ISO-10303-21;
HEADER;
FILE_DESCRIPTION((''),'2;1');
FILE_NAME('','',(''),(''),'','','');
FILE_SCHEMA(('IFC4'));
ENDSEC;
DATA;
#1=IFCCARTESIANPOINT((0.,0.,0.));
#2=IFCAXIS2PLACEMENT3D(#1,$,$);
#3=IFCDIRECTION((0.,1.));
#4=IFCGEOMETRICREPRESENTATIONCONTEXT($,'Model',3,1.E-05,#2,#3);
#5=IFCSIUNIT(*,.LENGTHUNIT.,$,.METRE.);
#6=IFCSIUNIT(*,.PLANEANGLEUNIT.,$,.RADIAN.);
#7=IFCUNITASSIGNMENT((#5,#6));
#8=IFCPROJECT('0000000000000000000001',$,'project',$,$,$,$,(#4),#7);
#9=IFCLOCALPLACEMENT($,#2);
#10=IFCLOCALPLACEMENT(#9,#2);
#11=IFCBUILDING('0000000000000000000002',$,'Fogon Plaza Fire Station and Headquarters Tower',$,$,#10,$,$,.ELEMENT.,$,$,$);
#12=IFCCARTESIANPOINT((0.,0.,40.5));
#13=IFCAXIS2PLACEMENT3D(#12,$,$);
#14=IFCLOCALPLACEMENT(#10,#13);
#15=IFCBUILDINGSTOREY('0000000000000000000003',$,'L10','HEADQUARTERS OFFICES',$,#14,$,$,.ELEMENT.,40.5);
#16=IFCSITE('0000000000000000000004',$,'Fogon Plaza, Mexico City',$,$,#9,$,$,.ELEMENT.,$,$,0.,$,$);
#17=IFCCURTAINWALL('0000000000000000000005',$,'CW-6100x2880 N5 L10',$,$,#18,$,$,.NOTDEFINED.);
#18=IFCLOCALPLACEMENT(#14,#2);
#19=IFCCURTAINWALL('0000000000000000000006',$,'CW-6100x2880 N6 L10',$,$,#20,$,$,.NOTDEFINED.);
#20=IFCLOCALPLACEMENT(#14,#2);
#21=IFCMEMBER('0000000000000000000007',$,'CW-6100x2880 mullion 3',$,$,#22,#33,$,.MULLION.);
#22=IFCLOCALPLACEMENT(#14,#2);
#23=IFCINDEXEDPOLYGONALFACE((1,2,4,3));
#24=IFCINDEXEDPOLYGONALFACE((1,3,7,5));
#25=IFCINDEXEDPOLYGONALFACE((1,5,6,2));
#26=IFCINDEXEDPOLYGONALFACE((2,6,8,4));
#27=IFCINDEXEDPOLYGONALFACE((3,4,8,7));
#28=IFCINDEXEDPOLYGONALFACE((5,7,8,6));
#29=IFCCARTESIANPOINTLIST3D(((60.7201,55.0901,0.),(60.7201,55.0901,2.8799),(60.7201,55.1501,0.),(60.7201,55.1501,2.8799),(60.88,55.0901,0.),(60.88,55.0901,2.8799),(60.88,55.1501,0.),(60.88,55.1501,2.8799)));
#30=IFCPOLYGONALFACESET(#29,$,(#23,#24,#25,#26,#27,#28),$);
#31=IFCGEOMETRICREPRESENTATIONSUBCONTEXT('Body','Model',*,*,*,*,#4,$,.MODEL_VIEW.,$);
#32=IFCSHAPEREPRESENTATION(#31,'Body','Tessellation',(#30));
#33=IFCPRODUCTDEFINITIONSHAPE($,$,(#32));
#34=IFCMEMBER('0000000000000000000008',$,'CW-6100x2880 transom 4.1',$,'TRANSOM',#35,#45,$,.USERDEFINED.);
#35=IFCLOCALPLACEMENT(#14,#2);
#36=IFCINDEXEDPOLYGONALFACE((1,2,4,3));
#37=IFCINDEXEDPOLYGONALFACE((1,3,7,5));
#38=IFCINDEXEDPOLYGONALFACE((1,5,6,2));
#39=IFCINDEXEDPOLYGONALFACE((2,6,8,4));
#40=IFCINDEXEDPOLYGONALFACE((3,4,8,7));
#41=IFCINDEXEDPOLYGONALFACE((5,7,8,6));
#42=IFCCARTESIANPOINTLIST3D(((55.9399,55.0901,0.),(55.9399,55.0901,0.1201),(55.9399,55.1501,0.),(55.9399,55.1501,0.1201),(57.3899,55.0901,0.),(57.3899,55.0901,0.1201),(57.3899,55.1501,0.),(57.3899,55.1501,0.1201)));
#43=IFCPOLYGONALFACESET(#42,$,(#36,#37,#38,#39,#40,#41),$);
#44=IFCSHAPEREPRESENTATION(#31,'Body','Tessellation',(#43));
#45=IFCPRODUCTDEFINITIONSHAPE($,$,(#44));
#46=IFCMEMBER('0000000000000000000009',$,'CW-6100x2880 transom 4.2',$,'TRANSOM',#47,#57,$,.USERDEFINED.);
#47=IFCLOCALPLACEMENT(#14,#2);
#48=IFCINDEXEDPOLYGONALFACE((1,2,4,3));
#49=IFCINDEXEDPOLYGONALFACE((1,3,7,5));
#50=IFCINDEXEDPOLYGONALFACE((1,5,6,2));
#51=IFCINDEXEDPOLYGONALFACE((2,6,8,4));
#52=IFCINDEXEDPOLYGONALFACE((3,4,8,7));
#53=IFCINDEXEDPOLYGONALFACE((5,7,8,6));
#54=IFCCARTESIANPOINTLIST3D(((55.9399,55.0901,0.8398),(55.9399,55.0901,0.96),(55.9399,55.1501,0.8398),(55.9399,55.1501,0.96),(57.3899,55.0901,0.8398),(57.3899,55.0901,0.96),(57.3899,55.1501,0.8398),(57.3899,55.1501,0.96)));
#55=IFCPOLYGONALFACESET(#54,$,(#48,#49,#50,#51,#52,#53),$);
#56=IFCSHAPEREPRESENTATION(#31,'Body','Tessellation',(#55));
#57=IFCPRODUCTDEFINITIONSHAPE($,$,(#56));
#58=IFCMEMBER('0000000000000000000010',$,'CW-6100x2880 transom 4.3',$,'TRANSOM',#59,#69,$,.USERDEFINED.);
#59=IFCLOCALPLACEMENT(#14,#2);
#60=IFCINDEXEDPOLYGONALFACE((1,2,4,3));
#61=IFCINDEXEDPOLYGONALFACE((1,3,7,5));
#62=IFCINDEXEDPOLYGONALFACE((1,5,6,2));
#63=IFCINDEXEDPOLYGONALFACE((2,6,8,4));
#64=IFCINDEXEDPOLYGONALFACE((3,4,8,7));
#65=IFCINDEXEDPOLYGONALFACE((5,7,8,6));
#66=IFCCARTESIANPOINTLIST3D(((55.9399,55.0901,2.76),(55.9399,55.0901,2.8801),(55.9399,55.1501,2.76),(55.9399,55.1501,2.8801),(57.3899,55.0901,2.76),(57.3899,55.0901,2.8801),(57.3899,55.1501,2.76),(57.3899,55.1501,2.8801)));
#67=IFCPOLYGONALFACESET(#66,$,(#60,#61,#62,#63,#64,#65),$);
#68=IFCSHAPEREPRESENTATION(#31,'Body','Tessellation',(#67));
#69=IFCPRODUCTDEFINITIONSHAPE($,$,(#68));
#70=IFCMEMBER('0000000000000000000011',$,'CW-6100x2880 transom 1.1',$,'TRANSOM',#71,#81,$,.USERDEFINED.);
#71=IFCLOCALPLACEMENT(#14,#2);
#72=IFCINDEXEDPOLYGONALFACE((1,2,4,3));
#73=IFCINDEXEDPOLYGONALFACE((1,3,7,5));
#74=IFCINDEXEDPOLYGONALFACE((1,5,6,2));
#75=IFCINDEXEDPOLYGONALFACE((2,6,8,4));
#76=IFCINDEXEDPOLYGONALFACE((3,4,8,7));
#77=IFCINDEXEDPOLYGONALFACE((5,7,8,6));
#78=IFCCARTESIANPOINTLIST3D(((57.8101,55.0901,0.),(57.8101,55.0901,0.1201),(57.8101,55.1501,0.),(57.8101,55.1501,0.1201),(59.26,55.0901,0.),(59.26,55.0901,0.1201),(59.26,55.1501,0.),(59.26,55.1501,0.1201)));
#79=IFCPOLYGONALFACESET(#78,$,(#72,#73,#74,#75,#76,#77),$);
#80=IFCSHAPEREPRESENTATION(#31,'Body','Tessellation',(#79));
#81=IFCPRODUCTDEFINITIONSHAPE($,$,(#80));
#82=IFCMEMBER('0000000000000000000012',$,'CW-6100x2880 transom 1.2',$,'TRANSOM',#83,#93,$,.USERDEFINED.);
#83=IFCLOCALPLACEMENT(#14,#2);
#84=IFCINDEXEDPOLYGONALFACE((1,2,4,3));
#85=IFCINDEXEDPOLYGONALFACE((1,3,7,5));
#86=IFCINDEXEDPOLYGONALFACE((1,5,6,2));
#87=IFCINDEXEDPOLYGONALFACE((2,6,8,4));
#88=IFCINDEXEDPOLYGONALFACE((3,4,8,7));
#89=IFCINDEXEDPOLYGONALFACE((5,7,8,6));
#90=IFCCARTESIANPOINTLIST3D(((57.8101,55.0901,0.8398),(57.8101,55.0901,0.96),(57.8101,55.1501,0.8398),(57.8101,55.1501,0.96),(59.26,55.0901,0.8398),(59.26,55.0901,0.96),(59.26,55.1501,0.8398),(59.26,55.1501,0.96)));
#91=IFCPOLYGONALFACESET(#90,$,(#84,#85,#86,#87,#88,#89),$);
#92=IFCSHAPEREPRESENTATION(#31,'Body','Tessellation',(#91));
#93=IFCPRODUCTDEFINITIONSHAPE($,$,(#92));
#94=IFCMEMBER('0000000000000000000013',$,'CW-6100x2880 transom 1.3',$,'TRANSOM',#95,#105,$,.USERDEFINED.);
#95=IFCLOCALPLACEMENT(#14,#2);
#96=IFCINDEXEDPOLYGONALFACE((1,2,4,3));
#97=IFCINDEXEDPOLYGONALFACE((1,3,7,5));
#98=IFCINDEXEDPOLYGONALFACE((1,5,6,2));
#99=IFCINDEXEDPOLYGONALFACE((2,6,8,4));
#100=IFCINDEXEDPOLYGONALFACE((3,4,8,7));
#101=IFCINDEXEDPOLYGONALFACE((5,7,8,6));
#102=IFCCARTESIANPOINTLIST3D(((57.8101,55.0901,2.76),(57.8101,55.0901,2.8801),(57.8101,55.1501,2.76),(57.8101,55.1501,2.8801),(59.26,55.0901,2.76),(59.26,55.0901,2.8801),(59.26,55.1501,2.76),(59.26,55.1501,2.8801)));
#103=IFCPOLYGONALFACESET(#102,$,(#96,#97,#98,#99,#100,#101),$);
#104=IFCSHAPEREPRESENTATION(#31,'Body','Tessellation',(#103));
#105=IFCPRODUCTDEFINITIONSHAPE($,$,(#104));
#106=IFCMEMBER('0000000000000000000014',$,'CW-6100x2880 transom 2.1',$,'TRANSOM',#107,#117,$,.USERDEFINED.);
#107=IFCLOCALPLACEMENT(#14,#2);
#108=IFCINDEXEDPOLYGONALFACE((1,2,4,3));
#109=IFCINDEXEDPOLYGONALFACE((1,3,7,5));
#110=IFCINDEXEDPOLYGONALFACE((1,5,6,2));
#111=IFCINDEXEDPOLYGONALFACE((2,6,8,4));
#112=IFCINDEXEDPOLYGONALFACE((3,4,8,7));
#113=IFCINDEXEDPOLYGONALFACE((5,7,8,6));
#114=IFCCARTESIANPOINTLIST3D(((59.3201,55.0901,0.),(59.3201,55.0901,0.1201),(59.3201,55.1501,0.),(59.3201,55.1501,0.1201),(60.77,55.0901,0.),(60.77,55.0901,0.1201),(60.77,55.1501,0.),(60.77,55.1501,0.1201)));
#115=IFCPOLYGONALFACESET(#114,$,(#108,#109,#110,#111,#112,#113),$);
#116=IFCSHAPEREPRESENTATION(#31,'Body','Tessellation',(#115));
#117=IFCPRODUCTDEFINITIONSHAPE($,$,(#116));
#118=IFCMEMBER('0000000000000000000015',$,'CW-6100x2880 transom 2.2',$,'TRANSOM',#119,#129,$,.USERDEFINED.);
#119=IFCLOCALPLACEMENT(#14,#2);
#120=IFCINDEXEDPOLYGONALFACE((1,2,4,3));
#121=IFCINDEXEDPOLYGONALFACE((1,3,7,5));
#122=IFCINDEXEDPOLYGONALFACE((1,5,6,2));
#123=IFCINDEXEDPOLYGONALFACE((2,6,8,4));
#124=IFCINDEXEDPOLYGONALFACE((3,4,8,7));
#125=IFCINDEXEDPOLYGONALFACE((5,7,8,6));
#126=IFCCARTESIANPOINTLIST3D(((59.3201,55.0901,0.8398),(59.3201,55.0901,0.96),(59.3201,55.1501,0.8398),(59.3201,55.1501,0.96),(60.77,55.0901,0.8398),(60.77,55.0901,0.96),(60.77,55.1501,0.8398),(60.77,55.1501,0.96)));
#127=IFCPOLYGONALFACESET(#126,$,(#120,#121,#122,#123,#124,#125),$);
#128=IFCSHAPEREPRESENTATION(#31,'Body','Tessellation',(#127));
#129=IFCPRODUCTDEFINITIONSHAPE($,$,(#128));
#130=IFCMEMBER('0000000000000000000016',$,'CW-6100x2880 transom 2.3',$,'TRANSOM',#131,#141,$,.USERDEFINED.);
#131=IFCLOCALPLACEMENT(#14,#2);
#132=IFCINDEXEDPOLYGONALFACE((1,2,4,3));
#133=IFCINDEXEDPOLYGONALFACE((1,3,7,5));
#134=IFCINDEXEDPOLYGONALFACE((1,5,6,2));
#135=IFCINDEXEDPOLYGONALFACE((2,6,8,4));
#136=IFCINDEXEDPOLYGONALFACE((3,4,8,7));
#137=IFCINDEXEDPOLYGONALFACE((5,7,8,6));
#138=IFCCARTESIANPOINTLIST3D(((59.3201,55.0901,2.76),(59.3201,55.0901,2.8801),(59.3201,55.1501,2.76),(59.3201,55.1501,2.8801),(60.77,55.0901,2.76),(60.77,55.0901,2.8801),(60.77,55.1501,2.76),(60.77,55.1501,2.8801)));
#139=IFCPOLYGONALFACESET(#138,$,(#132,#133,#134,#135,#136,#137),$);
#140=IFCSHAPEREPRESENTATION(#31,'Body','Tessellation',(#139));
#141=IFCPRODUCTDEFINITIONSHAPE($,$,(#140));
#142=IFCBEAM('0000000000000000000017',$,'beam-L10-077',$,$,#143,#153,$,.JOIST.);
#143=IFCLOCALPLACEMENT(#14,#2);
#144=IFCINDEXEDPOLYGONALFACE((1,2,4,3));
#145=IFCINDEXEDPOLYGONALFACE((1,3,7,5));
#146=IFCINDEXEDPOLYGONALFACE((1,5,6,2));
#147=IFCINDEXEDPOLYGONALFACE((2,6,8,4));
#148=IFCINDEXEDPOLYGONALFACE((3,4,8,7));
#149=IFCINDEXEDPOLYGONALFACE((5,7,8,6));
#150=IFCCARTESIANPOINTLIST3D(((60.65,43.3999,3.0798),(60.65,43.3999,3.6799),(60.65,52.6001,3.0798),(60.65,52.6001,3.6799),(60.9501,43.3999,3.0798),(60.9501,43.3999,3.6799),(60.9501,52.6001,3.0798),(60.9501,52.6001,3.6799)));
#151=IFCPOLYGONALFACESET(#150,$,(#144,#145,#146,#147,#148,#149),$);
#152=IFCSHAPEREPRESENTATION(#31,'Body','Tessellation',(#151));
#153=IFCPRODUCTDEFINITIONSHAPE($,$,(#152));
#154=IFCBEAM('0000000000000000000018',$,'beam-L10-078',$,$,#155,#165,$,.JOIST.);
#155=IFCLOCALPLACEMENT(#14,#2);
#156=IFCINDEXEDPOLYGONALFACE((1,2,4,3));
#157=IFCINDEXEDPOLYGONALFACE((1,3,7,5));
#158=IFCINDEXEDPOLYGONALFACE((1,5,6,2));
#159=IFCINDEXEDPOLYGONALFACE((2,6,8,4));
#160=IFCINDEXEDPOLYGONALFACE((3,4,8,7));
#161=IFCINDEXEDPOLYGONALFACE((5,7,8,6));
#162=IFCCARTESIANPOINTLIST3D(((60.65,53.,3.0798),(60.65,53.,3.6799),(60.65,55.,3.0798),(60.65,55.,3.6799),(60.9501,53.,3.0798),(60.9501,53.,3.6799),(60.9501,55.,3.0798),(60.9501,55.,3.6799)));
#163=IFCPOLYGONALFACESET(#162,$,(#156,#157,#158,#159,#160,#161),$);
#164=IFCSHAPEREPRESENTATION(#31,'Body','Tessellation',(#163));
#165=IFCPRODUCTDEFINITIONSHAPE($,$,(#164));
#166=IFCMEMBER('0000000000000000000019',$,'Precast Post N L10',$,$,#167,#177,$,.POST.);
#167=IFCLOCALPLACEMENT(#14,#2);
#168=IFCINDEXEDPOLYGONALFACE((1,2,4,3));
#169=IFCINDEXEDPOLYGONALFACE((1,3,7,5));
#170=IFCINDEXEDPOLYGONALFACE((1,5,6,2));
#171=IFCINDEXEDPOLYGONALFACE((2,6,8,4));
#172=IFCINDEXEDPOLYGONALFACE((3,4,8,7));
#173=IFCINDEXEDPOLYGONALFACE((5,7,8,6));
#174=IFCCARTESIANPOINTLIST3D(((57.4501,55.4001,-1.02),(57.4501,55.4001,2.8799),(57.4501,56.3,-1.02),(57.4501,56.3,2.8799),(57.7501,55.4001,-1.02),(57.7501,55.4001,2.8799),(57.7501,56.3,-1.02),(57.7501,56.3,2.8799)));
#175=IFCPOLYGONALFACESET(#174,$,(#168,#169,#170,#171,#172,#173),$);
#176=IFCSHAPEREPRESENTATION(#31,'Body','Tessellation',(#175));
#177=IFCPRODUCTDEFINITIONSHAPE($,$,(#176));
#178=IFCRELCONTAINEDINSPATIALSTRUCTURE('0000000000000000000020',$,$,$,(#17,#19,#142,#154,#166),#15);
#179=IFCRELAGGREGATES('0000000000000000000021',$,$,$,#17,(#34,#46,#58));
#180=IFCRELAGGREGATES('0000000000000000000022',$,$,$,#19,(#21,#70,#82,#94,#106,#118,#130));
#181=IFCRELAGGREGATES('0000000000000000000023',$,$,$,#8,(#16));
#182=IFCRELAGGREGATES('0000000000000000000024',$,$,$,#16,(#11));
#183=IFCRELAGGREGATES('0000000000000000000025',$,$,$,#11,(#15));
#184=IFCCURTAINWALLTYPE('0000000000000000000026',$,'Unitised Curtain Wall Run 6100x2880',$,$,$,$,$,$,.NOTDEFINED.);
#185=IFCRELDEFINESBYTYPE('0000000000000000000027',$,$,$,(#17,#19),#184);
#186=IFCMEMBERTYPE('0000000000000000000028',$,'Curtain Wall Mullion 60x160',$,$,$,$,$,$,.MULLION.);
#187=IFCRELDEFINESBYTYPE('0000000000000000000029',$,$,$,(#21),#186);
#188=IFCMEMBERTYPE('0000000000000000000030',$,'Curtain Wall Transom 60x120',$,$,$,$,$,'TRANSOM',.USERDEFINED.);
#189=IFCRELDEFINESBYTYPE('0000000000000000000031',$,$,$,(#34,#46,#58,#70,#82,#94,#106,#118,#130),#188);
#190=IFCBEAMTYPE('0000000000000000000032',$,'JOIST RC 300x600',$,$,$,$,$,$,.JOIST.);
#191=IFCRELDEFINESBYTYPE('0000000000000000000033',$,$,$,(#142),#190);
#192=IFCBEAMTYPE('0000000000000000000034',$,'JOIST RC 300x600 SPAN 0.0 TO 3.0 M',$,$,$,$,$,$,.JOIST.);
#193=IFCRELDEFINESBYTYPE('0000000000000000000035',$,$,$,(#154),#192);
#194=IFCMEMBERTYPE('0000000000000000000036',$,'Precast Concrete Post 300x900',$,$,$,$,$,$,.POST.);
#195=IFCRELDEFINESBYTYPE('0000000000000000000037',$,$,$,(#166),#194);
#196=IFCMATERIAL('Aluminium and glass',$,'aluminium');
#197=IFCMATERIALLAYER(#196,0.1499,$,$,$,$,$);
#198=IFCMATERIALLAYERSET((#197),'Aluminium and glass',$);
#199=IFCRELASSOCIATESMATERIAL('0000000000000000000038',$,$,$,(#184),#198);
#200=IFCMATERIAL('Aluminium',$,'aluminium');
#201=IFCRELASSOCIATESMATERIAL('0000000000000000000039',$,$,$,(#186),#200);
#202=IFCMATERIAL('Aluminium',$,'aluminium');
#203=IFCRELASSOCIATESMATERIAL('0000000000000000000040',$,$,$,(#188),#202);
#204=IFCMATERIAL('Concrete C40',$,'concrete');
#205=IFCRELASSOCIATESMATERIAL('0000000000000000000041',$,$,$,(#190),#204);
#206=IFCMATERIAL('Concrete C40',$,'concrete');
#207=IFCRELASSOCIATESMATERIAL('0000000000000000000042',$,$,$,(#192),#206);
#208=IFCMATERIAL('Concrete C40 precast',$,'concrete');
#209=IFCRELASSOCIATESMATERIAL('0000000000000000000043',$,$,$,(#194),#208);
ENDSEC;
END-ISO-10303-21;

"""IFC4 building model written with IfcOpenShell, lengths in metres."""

from ifc_helpers import new_model, si_unit, direction, frame, origin, origin_2d, place, context, subcontext, project, spatial, rectangle, extrude, material, layer, layer_set, material_profile, profile_set, type_object, element, aggregate, save


model = new_model("IFC4")

# Units and contexts
model_context = context("Model", 3, precision=1e-05, world=origin(), true_north=direction((0.0, 1.0)))
body_context = subcontext(model_context, "Body", "Model", "MODEL_VIEW")
ifc_project = project(units=[si_unit("LENGTHUNIT", "METRE"), si_unit("PLANEANGLEUNIT", "RADIAN")], contexts=[model_context])

# Site, building, storey
site_placement = place(None, origin())
site = spatial("IfcSite", under=ifc_project, at=site_placement, Name="Fogon Plaza, Mexico City", CompositionType="ELEMENT", RefElevation=0.0)
building_placement = place(site_placement, origin())
building = spatial("IfcBuilding", under=site, at=building_placement, Name="Fogon Plaza Fire Station and Headquarters Tower", CompositionType="ELEMENT")
storey_placement = place(building_placement, frame((0.0, 0.0, 40.5)))
storey = spatial("IfcBuildingStorey", under=building, at=storey_placement, Name="L10", Description="HEADQUARTERS OFFICES", CompositionType="ELEMENT", Elevation=40.5)

# Curtain walls, member
ifc_material_1 = material(Name="Aluminium and glass", Category="aluminium")
ifc_layer_1 = layer(ifc_material_1, 0.1499)
ifc_layer_set_1 = layer_set([ifc_layer_1], Name="Aluminium and glass")
curtain_wall_type = type_object("IfcCurtainWallType", Name="Unitised Curtain Wall Run 6100x2880", PredefinedType="NOTDEFINED", material=ifc_layer_set_1)
curtain_wall_1_placement = place(storey_placement, origin())
curtain_wall_1 = element("IfcCurtainWall", 1, at=curtain_wall_1_placement, inside=storey, type_object=curtain_wall_type, Name="CW-6100x2880 N5 L10", PredefinedType="NOTDEFINED")
ifc_material_2 = material(Name="Aluminium", Category="aluminium")
ifc_material_profile_1 = material_profile(ifc_material_2, rectangle(XDim=0.0601, YDim=0.1599, at=origin_2d()), Name="Curtain Wall Mullion 60x160")
ifc_profile_set_1 = profile_set([ifc_material_profile_1], Name="Aluminium")
member_type_1 = type_object("IfcMemberType", Name="Curtain Wall Mullion 60x160", PredefinedType="MULLION", material=ifc_profile_set_1)
curtain_wall_2_placement = place(storey_placement, origin())
curtain_wall_2 = element("IfcCurtainWall", 2, at=curtain_wall_2_placement, inside=storey, type_object=curtain_wall_type, Name="CW-6100x2880 N6 L10", PredefinedType="NOTDEFINED")
member_1_placement = place(storey_placement, frame((60.8, 55.1201, 0.0), z_axis=(0.0, 0.0, 1.0), x_axis=(0.0, 1.0, 0.0)))
member_1 = element("IfcMember", 3, at=member_1_placement, type_object=member_type_1, Name="CW-6100x2880 mullion 3", PredefinedType="MULLION", context=body_context, shape_type="SweptSolid", body=[
    extrude(rectangle(XDim=0.0601, YDim=0.1599, at=origin_2d()), origin(), (0.0, 0.0, 1.0), 2.8799),
])

# Members
ifc_material_3 = material(Name="Aluminium", Category="aluminium")
ifc_material_profile_2 = material_profile(ifc_material_3, rectangle(XDim=0.0601, YDim=0.1201, at=origin_2d()), Name="Curtain Wall Transom 60x120")
ifc_profile_set_2 = profile_set([ifc_material_profile_2], Name="Aluminium")
member_type_2 = type_object("IfcMemberType", Name="Curtain Wall Transom 60x120", ElementType="TRANSOM", PredefinedType="USERDEFINED", material=ifc_profile_set_2)
member_2_placement = place(storey_placement, frame((55.9399, 55.1201, 0.0601), z_axis=(1.0, 0.0, 0.0), x_axis=(0.0, 1.0, 0.0)))
member_2 = element("IfcMember", 4, at=member_2_placement, type_object=member_type_2, Name="CW-6100x2880 transom 4.1", ObjectType="TRANSOM", PredefinedType="USERDEFINED", context=body_context, shape_type="SweptSolid", body=[
    extrude(rectangle(XDim=0.0601, YDim=0.1201, at=origin_2d()), origin(), (0.0, 0.0, 1.0), 1.45),
])
member_3_placement = place(storey_placement, frame((55.9399, 55.1201, 0.8999), z_axis=(1.0, 0.0, 0.0), x_axis=(0.0, 1.0, 0.0)))
member_3 = element("IfcMember", 5, at=member_3_placement, type_object=member_type_2, Name="CW-6100x2880 transom 4.2", ObjectType="TRANSOM", PredefinedType="USERDEFINED", context=body_context, shape_type="SweptSolid", body=[
    extrude(rectangle(XDim=0.0601, YDim=0.1201, at=origin_2d()), origin(), (0.0, 0.0, 1.0), 1.45),
])
member_4_placement = place(storey_placement, frame((55.9399, 55.1201, 2.8201), z_axis=(1.0, 0.0, 0.0), x_axis=(0.0, 1.0, 0.0)))
member_4 = element("IfcMember", 6, at=member_4_placement, type_object=member_type_2, Name="CW-6100x2880 transom 4.3", ObjectType="TRANSOM", PredefinedType="USERDEFINED", context=body_context, shape_type="SweptSolid", body=[
    extrude(rectangle(XDim=0.0601, YDim=0.1201, at=origin_2d()), origin(), (0.0, 0.0, 1.0), 1.45),
])
member_5_placement = place(storey_placement, frame((57.8101, 55.1201, 0.0601), z_axis=(1.0, 0.0, 0.0), x_axis=(0.0, 1.0, 0.0)))
member_5 = element("IfcMember", 7, at=member_5_placement, type_object=member_type_2, Name="CW-6100x2880 transom 1.1", ObjectType="TRANSOM", PredefinedType="USERDEFINED", context=body_context, shape_type="SweptSolid", body=[
    extrude(rectangle(XDim=0.0601, YDim=0.1201, at=origin_2d()), origin(), (0.0, 0.0, 1.0), 1.45),
])
member_6_placement = place(storey_placement, frame((57.8101, 55.1201, 0.8999), z_axis=(1.0, 0.0, 0.0), x_axis=(0.0, 1.0, 0.0)))
member_6 = element("IfcMember", 8, at=member_6_placement, type_object=member_type_2, Name="CW-6100x2880 transom 1.2", ObjectType="TRANSOM", PredefinedType="USERDEFINED", context=body_context, shape_type="SweptSolid", body=[
    extrude(rectangle(XDim=0.0601, YDim=0.1201, at=origin_2d()), origin(), (0.0, 0.0, 1.0), 1.45),
])
member_7_placement = place(storey_placement, frame((57.8101, 55.1201, 2.8201), z_axis=(1.0, 0.0, 0.0), x_axis=(0.0, 1.0, 0.0)))
member_7 = element("IfcMember", 9, at=member_7_placement, type_object=member_type_2, Name="CW-6100x2880 transom 1.3", ObjectType="TRANSOM", PredefinedType="USERDEFINED", context=body_context, shape_type="SweptSolid", body=[
    extrude(rectangle(XDim=0.0601, YDim=0.1201, at=origin_2d()), origin(), (0.0, 0.0, 1.0), 1.45),
])
member_8_placement = place(storey_placement, frame((59.3201, 55.1201, 0.0601), z_axis=(1.0, 0.0, 0.0), x_axis=(0.0, 1.0, 0.0)))
member_8 = element("IfcMember", 10, at=member_8_placement, type_object=member_type_2, Name="CW-6100x2880 transom 2.1", ObjectType="TRANSOM", PredefinedType="USERDEFINED", context=body_context, shape_type="SweptSolid", body=[
    extrude(rectangle(XDim=0.0601, YDim=0.1201, at=origin_2d()), origin(), (0.0, 0.0, 1.0), 1.45),
])
member_9_placement = place(storey_placement, frame((59.3201, 55.1201, 0.8999), z_axis=(1.0, 0.0, 0.0), x_axis=(0.0, 1.0, 0.0)))
member_9 = element("IfcMember", 11, at=member_9_placement, type_object=member_type_2, Name="CW-6100x2880 transom 2.2", ObjectType="TRANSOM", PredefinedType="USERDEFINED", context=body_context, shape_type="SweptSolid", body=[
    extrude(rectangle(XDim=0.0601, YDim=0.1201, at=origin_2d()), origin(), (0.0, 0.0, 1.0), 1.45),
])
member_10_placement = place(storey_placement, frame((59.3201, 55.1201, 2.8201), z_axis=(1.0, 0.0, 0.0), x_axis=(0.0, 1.0, 0.0)))
member_10 = element("IfcMember", 12, at=member_10_placement, type_object=member_type_2, Name="CW-6100x2880 transom 2.3", ObjectType="TRANSOM", PredefinedType="USERDEFINED", context=body_context, shape_type="SweptSolid", body=[
    extrude(rectangle(XDim=0.0601, YDim=0.1201, at=origin_2d()), origin(), (0.0, 0.0, 1.0), 1.45),
])

# Beams
ifc_material_4 = material(Name="Concrete C40", Category="concrete")
ifc_material_profile_3 = material_profile(ifc_material_4, rectangle(XDim=0.3, YDim=0.6001, at=origin_2d()), Name="RC 300x600")
ifc_profile_set_3 = profile_set([ifc_material_profile_3], Name="Concrete C40")
beam_type_1 = type_object("IfcBeamType", Name="JOIST RC 300x600", PredefinedType="JOIST", material=ifc_profile_set_3)
beam_1_placement = place(storey_placement, frame((60.8, 43.3999, 3.3799), z_axis=(0.0, 1.0, 0.0), x_axis=(-1.0, 0.0, 0.0)))
element("IfcBeam", 13, at=beam_1_placement, inside=storey, type_object=beam_type_1, Name="beam-L10-077", PredefinedType="JOIST", context=body_context, shape_type="SweptSolid", body=[
    extrude(rectangle(XDim=0.3, YDim=0.6001, at=origin_2d()), origin(), (0.0, 0.0, 1.0), 9.2002),
])
ifc_material_5 = material(Name="Concrete C40", Category="concrete")
ifc_material_profile_4 = material_profile(ifc_material_5, rectangle(XDim=0.3, YDim=0.6001, at=origin_2d()), Name="RC 300x600")
ifc_profile_set_4 = profile_set([ifc_material_profile_4], Name="Concrete C40")
beam_type_2 = type_object("IfcBeamType", Name="JOIST RC 300x600 SPAN 0.0 TO 3.0 M", PredefinedType="JOIST", material=ifc_profile_set_4)
beam_2_placement = place(storey_placement, frame((60.8, 53.0, 3.3799), z_axis=(0.0, 1.0, 0.0), x_axis=(-1.0, 0.0, 0.0)))
element("IfcBeam", 14, at=beam_2_placement, inside=storey, type_object=beam_type_2, Name="beam-L10-078", PredefinedType="JOIST", context=body_context, shape_type="SweptSolid", body=[
    extrude(rectangle(XDim=0.3, YDim=0.6001, at=origin_2d()), origin(), (0.0, 0.0, 1.0), 2.0),
])

# Member
ifc_material_6 = material(Name="Concrete C40 precast", Category="concrete")
ifc_material_profile_5 = material_profile(ifc_material_6, rectangle(XDim=0.3, YDim=0.8999, at=origin_2d()), Name="Precast Concrete Post 300x900")
ifc_profile_set_5 = profile_set([ifc_material_profile_5], Name="Concrete C40 precast")
member_type_3 = type_object("IfcMemberType", Name="Precast Concrete Post 300x900", PredefinedType="POST", material=ifc_profile_set_5)
member_11_placement = place(storey_placement, frame((57.6001, 55.8501, -1.02), z_axis=(0.0, 0.0, 1.0), x_axis=(1.0, 0.0, 0.0)))
element("IfcMember", 15, at=member_11_placement, inside=storey, type_object=member_type_3, Name="Precast Post N L10", PredefinedType="POST", context=body_context, shape_type="SweptSolid", body=[
    extrude(rectangle(XDim=0.3, YDim=0.8999, at=origin_2d()), origin(), (0.0, 0.0, 1.0), 3.8999),
])

aggregate(curtain_wall_1, [member_2, member_3, member_4])
aggregate(curtain_wall_2, [member_1, member_5, member_6, member_7, member_8, member_9, member_10])

save(model, "model.ifc")
